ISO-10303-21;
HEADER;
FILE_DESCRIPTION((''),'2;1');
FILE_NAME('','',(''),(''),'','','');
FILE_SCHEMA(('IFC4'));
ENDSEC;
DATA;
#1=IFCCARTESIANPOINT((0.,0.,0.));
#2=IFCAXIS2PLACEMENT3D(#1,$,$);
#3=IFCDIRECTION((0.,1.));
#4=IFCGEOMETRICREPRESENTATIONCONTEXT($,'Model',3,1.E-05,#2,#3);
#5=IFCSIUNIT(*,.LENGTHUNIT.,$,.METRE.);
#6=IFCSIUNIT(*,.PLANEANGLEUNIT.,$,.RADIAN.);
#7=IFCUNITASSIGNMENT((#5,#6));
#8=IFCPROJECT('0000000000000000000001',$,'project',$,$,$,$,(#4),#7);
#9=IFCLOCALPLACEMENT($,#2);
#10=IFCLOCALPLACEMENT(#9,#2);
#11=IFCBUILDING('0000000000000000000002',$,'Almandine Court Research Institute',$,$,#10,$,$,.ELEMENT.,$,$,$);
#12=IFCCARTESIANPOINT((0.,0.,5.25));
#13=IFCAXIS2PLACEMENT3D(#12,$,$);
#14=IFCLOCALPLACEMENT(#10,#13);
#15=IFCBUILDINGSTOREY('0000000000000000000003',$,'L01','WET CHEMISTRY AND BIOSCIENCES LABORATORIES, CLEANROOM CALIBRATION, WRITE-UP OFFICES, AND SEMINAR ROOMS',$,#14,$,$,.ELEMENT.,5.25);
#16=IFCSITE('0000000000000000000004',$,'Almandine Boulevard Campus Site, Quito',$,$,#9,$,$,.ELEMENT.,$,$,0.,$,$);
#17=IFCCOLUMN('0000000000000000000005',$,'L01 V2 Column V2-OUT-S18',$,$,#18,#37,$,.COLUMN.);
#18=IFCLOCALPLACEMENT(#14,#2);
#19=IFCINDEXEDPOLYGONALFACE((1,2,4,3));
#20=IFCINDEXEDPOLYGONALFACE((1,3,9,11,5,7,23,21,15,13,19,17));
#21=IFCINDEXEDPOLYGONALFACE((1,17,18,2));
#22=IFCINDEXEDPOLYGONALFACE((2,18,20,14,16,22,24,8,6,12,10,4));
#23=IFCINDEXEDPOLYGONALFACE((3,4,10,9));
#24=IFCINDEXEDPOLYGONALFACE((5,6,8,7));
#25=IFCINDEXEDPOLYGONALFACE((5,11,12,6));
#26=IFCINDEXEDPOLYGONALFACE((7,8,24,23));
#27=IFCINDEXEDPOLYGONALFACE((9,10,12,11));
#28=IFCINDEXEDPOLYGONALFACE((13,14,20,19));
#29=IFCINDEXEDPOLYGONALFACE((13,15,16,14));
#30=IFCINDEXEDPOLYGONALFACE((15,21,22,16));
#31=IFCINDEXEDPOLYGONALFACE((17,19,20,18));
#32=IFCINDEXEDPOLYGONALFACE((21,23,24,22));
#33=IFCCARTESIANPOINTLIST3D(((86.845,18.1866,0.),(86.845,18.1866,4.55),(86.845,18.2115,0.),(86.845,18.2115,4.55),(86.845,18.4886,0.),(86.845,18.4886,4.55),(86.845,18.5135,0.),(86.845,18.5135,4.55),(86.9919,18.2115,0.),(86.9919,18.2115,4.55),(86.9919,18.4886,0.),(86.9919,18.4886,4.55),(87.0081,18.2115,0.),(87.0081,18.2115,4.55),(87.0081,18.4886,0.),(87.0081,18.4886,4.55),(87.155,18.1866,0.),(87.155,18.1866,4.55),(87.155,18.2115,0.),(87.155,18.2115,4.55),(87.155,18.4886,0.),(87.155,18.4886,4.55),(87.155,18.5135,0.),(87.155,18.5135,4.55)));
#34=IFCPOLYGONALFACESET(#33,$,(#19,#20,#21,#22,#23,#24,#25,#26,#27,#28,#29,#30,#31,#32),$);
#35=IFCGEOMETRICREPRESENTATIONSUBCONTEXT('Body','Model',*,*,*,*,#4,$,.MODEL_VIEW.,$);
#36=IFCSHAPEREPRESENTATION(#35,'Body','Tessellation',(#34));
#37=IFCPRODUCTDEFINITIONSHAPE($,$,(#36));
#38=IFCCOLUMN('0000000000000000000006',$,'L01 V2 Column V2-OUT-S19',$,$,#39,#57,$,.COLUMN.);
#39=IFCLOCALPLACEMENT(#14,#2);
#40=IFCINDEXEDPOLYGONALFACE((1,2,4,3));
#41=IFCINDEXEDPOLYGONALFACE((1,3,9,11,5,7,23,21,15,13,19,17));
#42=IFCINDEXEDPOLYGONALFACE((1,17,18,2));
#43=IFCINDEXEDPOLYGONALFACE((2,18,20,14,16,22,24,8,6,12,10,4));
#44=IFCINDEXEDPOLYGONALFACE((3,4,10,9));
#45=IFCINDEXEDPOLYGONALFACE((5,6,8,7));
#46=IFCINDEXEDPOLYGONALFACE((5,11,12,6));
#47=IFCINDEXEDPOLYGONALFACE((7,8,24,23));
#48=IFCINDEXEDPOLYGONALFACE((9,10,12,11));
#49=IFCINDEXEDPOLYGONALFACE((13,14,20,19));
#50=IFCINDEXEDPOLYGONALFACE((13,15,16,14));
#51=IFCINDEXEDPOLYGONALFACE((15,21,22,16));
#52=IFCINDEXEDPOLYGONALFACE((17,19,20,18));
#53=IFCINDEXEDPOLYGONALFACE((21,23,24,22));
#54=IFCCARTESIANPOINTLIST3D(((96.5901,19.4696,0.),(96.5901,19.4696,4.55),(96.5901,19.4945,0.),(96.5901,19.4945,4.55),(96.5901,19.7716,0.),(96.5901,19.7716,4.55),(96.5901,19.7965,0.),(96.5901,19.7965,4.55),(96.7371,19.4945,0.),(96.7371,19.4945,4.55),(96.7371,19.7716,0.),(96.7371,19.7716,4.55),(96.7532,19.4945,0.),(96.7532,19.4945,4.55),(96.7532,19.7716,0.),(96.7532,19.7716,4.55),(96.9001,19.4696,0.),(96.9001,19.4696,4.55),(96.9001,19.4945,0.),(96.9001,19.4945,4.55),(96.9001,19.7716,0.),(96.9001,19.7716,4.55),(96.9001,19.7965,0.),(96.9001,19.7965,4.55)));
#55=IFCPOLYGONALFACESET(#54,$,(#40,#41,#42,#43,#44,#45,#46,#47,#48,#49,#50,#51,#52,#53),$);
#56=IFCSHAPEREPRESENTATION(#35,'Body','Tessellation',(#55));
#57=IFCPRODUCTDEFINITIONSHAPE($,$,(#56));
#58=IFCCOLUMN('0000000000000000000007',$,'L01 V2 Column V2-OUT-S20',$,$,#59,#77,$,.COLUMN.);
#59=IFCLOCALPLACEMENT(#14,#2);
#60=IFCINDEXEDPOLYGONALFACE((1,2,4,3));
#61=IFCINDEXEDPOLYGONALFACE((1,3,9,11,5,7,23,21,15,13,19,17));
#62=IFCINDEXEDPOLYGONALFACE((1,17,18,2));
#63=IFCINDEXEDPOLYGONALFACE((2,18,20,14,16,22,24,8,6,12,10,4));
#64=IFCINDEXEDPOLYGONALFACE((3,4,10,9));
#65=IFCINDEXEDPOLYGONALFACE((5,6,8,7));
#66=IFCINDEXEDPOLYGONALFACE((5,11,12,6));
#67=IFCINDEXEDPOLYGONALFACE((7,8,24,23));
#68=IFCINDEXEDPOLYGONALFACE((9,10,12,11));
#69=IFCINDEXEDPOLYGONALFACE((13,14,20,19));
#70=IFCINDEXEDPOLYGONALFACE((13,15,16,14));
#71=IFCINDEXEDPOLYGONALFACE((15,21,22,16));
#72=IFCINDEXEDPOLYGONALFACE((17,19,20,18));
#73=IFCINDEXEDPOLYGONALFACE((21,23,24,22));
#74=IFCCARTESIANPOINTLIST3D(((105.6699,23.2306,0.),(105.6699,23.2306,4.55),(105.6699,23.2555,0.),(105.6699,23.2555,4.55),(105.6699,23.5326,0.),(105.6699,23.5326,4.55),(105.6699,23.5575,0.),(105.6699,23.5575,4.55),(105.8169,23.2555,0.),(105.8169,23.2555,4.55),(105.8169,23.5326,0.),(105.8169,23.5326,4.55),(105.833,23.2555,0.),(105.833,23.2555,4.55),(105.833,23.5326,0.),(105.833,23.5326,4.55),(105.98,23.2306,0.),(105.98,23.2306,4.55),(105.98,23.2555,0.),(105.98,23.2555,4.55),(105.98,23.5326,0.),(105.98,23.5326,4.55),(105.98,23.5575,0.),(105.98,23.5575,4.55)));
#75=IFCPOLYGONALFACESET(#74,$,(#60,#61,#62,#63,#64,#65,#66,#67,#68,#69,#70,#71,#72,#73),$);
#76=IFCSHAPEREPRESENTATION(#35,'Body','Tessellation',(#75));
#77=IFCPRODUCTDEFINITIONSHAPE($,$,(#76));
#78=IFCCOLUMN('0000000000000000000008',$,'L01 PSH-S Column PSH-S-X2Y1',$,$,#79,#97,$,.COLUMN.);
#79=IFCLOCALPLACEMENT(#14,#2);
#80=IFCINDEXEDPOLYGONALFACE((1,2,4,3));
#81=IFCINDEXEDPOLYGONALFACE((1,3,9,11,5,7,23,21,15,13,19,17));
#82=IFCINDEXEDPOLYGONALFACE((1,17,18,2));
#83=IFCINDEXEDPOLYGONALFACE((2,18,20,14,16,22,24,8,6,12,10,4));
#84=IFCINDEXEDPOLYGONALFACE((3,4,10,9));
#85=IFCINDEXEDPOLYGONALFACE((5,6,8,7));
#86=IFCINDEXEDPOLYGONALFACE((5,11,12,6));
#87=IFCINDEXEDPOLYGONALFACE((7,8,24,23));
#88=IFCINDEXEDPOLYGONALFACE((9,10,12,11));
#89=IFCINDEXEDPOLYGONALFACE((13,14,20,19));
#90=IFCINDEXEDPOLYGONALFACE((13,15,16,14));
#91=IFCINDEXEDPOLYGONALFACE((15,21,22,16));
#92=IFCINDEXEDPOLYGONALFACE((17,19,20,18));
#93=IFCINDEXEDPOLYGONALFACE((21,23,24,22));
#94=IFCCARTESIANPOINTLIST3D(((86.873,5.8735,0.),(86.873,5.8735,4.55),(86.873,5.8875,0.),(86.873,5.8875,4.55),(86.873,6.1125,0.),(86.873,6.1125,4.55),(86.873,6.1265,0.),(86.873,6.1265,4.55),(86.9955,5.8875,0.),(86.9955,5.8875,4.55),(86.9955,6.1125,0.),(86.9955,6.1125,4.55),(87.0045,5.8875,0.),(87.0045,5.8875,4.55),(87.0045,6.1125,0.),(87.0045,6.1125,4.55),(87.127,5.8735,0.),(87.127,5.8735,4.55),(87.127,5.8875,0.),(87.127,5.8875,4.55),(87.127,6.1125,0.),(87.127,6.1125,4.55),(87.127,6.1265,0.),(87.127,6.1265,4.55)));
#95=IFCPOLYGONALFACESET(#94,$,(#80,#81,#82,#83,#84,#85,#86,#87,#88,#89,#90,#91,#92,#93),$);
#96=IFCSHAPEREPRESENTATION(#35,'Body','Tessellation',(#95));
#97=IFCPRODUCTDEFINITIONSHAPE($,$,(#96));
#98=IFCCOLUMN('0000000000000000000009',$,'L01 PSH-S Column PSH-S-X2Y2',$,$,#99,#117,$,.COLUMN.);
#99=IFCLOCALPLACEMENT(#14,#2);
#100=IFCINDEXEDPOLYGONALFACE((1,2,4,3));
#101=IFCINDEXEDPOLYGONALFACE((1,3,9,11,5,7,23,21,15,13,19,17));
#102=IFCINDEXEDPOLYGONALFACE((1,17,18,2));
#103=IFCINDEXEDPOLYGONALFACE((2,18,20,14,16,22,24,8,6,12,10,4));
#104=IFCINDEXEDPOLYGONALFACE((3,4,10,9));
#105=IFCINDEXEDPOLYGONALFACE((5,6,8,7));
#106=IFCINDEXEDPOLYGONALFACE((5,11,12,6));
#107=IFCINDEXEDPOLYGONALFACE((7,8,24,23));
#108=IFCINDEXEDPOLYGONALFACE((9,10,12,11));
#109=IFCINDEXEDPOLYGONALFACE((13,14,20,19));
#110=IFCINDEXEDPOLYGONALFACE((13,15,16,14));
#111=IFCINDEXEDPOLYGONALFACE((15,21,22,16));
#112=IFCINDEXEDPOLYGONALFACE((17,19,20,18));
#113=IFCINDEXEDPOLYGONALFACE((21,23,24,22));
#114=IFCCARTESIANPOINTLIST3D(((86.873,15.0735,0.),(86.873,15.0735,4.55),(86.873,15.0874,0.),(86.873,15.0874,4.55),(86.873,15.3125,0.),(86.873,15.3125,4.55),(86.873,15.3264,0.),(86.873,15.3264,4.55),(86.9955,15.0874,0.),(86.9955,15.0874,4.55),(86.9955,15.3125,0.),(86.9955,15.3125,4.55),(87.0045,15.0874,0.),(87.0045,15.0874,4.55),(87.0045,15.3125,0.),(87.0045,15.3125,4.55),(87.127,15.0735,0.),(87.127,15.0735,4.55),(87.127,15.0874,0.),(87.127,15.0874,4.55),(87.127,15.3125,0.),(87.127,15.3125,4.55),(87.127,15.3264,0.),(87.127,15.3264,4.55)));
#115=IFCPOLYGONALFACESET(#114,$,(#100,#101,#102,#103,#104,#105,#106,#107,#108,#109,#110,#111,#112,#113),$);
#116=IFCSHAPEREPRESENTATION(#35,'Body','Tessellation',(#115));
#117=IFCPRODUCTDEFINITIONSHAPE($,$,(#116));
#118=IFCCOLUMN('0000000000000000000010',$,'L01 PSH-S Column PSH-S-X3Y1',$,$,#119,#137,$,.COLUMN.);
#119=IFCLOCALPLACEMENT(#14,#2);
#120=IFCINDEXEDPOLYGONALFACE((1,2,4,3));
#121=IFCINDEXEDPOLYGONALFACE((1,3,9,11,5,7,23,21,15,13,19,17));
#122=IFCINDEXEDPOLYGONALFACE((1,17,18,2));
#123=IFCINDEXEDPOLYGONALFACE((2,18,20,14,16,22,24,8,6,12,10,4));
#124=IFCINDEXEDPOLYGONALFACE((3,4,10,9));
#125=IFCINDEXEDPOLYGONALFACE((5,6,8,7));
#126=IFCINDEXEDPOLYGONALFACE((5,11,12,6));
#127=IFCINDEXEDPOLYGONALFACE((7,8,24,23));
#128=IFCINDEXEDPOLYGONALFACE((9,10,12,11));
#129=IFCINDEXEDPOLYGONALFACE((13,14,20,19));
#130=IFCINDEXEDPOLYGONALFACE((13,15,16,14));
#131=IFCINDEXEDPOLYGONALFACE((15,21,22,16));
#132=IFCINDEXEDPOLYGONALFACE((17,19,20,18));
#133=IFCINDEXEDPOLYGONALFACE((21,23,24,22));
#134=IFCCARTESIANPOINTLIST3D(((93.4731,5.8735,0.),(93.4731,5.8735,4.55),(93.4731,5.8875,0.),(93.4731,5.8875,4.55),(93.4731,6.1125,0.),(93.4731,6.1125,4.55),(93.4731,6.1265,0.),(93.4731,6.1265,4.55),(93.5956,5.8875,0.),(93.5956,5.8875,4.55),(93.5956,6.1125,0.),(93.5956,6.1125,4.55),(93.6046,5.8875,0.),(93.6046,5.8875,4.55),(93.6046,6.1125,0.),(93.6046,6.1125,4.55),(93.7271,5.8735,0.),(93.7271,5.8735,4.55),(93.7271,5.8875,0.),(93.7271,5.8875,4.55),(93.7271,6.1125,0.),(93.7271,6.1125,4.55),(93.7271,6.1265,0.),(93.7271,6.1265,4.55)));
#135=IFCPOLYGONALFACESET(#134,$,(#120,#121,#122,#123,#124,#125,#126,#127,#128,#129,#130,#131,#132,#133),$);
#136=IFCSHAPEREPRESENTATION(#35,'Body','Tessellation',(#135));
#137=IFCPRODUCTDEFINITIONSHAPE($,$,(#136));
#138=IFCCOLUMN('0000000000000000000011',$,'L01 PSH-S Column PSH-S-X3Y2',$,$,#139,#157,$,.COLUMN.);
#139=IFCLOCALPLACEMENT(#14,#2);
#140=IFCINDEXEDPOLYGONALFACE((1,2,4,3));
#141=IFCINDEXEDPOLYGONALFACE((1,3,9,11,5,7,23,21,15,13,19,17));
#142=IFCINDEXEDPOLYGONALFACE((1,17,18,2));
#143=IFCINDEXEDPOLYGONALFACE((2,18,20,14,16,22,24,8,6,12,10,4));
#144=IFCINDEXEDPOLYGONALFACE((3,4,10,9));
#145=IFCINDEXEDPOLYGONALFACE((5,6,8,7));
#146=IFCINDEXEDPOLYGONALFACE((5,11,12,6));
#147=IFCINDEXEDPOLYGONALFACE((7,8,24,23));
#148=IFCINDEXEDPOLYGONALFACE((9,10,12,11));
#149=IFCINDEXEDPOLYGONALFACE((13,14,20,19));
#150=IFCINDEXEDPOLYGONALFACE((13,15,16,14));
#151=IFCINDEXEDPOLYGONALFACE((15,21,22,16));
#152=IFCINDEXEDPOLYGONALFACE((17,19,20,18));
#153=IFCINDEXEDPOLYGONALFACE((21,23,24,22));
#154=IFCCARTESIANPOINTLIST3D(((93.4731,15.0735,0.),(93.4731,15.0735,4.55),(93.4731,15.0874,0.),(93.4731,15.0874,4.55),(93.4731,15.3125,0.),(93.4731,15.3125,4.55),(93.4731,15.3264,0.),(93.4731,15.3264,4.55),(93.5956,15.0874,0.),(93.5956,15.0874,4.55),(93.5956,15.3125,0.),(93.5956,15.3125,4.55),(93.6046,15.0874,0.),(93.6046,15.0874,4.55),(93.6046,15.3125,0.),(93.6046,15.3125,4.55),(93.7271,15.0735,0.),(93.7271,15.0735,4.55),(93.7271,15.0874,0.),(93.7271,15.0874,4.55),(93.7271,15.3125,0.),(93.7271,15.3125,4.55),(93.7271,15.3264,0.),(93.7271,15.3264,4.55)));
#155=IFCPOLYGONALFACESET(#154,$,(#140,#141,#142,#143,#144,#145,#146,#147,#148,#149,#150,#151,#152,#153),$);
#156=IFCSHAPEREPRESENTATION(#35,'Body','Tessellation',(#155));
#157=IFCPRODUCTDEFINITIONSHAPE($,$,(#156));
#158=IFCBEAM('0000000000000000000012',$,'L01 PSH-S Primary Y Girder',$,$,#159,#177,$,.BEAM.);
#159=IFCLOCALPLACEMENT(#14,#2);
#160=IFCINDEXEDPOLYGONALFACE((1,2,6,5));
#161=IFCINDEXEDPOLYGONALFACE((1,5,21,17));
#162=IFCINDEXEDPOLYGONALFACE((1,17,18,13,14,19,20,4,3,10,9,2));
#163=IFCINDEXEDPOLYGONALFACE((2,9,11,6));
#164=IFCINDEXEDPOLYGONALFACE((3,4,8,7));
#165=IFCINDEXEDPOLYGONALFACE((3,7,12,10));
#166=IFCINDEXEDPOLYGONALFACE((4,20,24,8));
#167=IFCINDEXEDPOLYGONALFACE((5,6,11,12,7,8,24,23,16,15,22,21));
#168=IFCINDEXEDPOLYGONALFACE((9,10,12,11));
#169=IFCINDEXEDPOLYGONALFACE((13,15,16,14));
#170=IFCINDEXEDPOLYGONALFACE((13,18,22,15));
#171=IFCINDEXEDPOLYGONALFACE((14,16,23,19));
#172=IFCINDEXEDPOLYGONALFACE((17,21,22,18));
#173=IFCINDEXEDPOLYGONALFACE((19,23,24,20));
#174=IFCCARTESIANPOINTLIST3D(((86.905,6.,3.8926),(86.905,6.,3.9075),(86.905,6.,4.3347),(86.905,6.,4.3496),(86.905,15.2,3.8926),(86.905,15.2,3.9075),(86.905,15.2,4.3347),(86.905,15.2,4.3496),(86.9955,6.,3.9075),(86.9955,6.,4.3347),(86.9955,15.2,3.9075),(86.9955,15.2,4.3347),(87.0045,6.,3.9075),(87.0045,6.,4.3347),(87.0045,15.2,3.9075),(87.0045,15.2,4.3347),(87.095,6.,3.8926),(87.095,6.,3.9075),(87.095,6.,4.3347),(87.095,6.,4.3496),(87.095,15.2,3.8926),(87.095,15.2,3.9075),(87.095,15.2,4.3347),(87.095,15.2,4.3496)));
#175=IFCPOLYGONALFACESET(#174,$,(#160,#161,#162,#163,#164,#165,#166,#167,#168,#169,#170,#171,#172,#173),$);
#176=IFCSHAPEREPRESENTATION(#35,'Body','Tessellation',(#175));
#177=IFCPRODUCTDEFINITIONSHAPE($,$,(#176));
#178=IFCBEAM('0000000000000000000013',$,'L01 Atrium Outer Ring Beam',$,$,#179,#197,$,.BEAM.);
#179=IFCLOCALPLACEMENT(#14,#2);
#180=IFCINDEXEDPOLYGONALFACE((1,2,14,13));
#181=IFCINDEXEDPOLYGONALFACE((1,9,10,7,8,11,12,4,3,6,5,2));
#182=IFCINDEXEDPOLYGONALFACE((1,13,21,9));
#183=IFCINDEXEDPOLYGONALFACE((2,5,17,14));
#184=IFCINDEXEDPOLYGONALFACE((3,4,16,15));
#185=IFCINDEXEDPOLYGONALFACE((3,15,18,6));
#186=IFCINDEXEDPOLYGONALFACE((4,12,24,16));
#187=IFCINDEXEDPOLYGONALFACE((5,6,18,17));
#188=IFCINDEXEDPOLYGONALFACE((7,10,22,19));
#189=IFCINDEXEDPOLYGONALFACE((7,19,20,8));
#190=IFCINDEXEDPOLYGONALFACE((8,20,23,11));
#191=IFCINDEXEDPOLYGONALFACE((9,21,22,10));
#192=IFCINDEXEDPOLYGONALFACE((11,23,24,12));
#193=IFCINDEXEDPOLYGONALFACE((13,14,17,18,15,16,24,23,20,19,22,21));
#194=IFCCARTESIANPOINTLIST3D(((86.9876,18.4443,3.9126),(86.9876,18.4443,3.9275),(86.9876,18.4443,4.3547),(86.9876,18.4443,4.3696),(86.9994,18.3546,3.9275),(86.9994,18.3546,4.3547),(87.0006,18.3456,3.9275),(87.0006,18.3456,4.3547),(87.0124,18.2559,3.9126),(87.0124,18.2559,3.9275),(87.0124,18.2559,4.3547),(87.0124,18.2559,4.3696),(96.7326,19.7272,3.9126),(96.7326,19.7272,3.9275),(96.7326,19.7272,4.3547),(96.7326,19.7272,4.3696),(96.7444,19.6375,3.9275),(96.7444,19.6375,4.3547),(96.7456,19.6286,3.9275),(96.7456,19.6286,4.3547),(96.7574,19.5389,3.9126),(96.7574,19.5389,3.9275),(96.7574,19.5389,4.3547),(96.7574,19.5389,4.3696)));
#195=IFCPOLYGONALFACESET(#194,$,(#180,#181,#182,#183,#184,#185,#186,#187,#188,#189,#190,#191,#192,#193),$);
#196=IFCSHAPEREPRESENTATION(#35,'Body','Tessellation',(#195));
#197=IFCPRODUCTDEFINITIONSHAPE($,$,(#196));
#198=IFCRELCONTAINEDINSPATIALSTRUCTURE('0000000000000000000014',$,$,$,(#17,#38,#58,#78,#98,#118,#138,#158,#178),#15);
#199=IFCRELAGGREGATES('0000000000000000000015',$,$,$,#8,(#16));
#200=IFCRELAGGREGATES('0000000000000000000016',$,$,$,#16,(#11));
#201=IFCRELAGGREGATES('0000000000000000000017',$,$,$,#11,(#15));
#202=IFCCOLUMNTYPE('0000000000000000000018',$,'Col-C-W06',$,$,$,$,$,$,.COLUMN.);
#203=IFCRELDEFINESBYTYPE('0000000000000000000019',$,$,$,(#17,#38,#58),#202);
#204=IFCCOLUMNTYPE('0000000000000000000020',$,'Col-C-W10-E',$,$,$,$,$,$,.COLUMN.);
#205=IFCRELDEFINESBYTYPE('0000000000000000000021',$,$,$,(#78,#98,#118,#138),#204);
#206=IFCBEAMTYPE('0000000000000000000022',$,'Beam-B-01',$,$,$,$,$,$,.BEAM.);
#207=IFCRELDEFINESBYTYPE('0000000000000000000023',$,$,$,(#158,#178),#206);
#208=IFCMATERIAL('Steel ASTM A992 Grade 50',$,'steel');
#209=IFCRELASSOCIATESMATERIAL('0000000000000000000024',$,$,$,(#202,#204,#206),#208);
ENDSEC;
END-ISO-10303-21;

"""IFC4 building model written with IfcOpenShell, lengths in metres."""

from ifc_helpers import new_model, si_unit, direction, frame, origin, origin_2d, place, context, subcontext, project, spatial, i_section, extrude, material, material_profile, profile_set, type_object, element, save


model = new_model("IFC4")

# Units and contexts
model_context = context("Model", 3, precision=1e-05, world=origin(), true_north=direction((0.0, 1.0)))
body_context = subcontext(model_context, "Body", "Model", "MODEL_VIEW")
ifc_project = project(units=[si_unit("LENGTHUNIT", "METRE"), si_unit("PLANEANGLEUNIT", "RADIAN")], contexts=[model_context])

# Site, building, storey
site_placement = place(None, origin())
site = spatial("IfcSite", under=ifc_project, at=site_placement, Name="Almandine Boulevard Campus Site, Quito", CompositionType="ELEMENT", RefElevation=0.0)
building_placement = place(site_placement, origin())
building = spatial("IfcBuilding", under=site, at=building_placement, Name="Almandine Court Research Institute", CompositionType="ELEMENT")
storey_placement = place(building_placement, frame((0.0, 0.0, 5.25)))
storey = spatial("IfcBuildingStorey", under=building, at=storey_placement, Name="L01", Description="WET CHEMISTRY AND BIOSCIENCES LABORATORIES, CLEANROOM CALIBRATION, WRITE-UP OFFICES, AND SEMINAR ROOMS", CompositionType="ELEMENT", Elevation=5.25)

# Columns
ifc_material_1 = material(Name="Steel ASTM A992 Grade 50", Category="steel")
ifc_material_profile_1 = material_profile(ifc_material_1, i_section(OverallWidth=0.3101, OverallDepth=0.3269, WebThickness=0.0161, FlangeThickness=0.0249, at=origin_2d()), Name="W310x158")
ifc_profile_set_1 = profile_set([ifc_material_profile_1], Name="Steel ASTM A992 Grade 50")
column_type_1 = type_object("IfcColumnType", Name="Col-C-W06", PredefinedType="COLUMN", material=ifc_profile_set_1)
for number, where, z_axis, x_axis, name in (
    (1, (87.0, 18.3501, 0.0), (0.0, 0.0, 1.0), (1.0, 0.0, 0.0), "L01 V2 Column V2-OUT-S18"),
    (2, (96.7451, 19.6331, 0.0), (0.0, 0.0, 1.0), (1.0, 0.0, 0.0), "L01 V2 Column V2-OUT-S19"),
    (3, (105.825, 23.394, 0.0), (0.0, 0.0, 1.0), (1.0, 0.0, 0.0), "L01 V2 Column V2-OUT-S20"),
):
    element("IfcColumn", number, at=place(storey_placement, frame(where, z_axis=z_axis, x_axis=x_axis)), inside=storey, type_object=column_type_1, Name=name, PredefinedType="COLUMN", context=body_context, shape_type="SweptSolid", body=[
        extrude(i_section(OverallWidth=0.3101, OverallDepth=0.3269, WebThickness=0.0161, FlangeThickness=0.0249, at=origin_2d()), origin(), (0.0, 0.0, 1.0), 4.55),
    ])
ifc_material_profile_2 = material_profile(ifc_material_1, i_section(OverallWidth=0.2539, OverallDepth=0.2529, WebThickness=0.009, FlangeThickness=0.0139, at=origin_2d()), Name="W250x73")
ifc_profile_set_2 = profile_set([ifc_material_profile_2], Name="Steel ASTM A992 Grade 50")
column_type_2 = type_object("IfcColumnType", Name="Col-C-W10-E", PredefinedType="COLUMN", material=ifc_profile_set_2)
for number, where, z_axis, x_axis, name in (
    (4, (87.0, 6.0, 0.0), (0.0, 0.0, 1.0), (1.0, 0.0, 0.0), "L01 PSH-S Column PSH-S-X2Y1"),
    (5, (87.0, 15.2, 0.0), (0.0, 0.0, 1.0), (1.0, 0.0, 0.0), "L01 PSH-S Column PSH-S-X2Y2"),
    (6, (93.6001, 6.0, 0.0), (0.0, 0.0, 1.0), (1.0, 0.0, 0.0), "L01 PSH-S Column PSH-S-X3Y1"),
    (7, (93.6001, 15.2, 0.0), (0.0, 0.0, 1.0), (1.0, 0.0, 0.0), "L01 PSH-S Column PSH-S-X3Y2"),
):
    element("IfcColumn", number, at=place(storey_placement, frame(where, z_axis=z_axis, x_axis=x_axis)), inside=storey, type_object=column_type_2, Name=name, PredefinedType="COLUMN", context=body_context, shape_type="SweptSolid", body=[
        extrude(i_section(OverallWidth=0.2539, OverallDepth=0.2529, WebThickness=0.009, FlangeThickness=0.0139, at=origin_2d()), origin(), (0.0, 0.0, 1.0), 4.55),
    ])

# Beams
ifc_material_profile_3 = material_profile(ifc_material_1, i_section(OverallWidth=0.1899, OverallDepth=0.457, WebThickness=0.009, FlangeThickness=0.0149, at=origin_2d()), Name="W460x74")
ifc_profile_set_3 = profile_set([ifc_material_profile_3], Name="Steel ASTM A992 Grade 50")
beam_type_1 = type_object("IfcBeamType", Name="Beam-B-01", PredefinedType="BEAM", material=ifc_profile_set_3)
beam_1_placement = place(storey_placement, frame((87.0, 6.0, 4.1211), z_axis=(0.0, 1.0, 0.0), x_axis=(-1.0, 0.0, 0.0)))
element("IfcBeam", 8, at=beam_1_placement, inside=storey, type_object=beam_type_1, Name="L01 PSH-S Primary Y Girder", PredefinedType="BEAM", context=body_context, shape_type="SweptSolid", body=[
    extrude(i_section(OverallWidth=0.1899, OverallDepth=0.457, WebThickness=0.009, FlangeThickness=0.0149, at=origin_2d()), origin(), (0.0, 0.0, 1.0), 9.2),
])
beam_2_placement = place(storey_placement, frame((87.0, 18.3501, 4.1411), z_axis=(0.991445, 0.130525, 0.0), x_axis=(-0.130525, 0.991445, 0.0)))
element("IfcBeam", 9, at=beam_2_placement, inside=storey, type_object=beam_type_1, Name="L01 Atrium Outer Ring Beam", PredefinedType="BEAM", context=body_context, shape_type="SweptSolid", body=[
    extrude(i_section(OverallWidth=0.1899, OverallDepth=0.457, WebThickness=0.009, FlangeThickness=0.0149, at=origin_2d()), origin(), (0.0, 0.0, 1.0), 9.8291),
])

save(model, "model.ifc")
